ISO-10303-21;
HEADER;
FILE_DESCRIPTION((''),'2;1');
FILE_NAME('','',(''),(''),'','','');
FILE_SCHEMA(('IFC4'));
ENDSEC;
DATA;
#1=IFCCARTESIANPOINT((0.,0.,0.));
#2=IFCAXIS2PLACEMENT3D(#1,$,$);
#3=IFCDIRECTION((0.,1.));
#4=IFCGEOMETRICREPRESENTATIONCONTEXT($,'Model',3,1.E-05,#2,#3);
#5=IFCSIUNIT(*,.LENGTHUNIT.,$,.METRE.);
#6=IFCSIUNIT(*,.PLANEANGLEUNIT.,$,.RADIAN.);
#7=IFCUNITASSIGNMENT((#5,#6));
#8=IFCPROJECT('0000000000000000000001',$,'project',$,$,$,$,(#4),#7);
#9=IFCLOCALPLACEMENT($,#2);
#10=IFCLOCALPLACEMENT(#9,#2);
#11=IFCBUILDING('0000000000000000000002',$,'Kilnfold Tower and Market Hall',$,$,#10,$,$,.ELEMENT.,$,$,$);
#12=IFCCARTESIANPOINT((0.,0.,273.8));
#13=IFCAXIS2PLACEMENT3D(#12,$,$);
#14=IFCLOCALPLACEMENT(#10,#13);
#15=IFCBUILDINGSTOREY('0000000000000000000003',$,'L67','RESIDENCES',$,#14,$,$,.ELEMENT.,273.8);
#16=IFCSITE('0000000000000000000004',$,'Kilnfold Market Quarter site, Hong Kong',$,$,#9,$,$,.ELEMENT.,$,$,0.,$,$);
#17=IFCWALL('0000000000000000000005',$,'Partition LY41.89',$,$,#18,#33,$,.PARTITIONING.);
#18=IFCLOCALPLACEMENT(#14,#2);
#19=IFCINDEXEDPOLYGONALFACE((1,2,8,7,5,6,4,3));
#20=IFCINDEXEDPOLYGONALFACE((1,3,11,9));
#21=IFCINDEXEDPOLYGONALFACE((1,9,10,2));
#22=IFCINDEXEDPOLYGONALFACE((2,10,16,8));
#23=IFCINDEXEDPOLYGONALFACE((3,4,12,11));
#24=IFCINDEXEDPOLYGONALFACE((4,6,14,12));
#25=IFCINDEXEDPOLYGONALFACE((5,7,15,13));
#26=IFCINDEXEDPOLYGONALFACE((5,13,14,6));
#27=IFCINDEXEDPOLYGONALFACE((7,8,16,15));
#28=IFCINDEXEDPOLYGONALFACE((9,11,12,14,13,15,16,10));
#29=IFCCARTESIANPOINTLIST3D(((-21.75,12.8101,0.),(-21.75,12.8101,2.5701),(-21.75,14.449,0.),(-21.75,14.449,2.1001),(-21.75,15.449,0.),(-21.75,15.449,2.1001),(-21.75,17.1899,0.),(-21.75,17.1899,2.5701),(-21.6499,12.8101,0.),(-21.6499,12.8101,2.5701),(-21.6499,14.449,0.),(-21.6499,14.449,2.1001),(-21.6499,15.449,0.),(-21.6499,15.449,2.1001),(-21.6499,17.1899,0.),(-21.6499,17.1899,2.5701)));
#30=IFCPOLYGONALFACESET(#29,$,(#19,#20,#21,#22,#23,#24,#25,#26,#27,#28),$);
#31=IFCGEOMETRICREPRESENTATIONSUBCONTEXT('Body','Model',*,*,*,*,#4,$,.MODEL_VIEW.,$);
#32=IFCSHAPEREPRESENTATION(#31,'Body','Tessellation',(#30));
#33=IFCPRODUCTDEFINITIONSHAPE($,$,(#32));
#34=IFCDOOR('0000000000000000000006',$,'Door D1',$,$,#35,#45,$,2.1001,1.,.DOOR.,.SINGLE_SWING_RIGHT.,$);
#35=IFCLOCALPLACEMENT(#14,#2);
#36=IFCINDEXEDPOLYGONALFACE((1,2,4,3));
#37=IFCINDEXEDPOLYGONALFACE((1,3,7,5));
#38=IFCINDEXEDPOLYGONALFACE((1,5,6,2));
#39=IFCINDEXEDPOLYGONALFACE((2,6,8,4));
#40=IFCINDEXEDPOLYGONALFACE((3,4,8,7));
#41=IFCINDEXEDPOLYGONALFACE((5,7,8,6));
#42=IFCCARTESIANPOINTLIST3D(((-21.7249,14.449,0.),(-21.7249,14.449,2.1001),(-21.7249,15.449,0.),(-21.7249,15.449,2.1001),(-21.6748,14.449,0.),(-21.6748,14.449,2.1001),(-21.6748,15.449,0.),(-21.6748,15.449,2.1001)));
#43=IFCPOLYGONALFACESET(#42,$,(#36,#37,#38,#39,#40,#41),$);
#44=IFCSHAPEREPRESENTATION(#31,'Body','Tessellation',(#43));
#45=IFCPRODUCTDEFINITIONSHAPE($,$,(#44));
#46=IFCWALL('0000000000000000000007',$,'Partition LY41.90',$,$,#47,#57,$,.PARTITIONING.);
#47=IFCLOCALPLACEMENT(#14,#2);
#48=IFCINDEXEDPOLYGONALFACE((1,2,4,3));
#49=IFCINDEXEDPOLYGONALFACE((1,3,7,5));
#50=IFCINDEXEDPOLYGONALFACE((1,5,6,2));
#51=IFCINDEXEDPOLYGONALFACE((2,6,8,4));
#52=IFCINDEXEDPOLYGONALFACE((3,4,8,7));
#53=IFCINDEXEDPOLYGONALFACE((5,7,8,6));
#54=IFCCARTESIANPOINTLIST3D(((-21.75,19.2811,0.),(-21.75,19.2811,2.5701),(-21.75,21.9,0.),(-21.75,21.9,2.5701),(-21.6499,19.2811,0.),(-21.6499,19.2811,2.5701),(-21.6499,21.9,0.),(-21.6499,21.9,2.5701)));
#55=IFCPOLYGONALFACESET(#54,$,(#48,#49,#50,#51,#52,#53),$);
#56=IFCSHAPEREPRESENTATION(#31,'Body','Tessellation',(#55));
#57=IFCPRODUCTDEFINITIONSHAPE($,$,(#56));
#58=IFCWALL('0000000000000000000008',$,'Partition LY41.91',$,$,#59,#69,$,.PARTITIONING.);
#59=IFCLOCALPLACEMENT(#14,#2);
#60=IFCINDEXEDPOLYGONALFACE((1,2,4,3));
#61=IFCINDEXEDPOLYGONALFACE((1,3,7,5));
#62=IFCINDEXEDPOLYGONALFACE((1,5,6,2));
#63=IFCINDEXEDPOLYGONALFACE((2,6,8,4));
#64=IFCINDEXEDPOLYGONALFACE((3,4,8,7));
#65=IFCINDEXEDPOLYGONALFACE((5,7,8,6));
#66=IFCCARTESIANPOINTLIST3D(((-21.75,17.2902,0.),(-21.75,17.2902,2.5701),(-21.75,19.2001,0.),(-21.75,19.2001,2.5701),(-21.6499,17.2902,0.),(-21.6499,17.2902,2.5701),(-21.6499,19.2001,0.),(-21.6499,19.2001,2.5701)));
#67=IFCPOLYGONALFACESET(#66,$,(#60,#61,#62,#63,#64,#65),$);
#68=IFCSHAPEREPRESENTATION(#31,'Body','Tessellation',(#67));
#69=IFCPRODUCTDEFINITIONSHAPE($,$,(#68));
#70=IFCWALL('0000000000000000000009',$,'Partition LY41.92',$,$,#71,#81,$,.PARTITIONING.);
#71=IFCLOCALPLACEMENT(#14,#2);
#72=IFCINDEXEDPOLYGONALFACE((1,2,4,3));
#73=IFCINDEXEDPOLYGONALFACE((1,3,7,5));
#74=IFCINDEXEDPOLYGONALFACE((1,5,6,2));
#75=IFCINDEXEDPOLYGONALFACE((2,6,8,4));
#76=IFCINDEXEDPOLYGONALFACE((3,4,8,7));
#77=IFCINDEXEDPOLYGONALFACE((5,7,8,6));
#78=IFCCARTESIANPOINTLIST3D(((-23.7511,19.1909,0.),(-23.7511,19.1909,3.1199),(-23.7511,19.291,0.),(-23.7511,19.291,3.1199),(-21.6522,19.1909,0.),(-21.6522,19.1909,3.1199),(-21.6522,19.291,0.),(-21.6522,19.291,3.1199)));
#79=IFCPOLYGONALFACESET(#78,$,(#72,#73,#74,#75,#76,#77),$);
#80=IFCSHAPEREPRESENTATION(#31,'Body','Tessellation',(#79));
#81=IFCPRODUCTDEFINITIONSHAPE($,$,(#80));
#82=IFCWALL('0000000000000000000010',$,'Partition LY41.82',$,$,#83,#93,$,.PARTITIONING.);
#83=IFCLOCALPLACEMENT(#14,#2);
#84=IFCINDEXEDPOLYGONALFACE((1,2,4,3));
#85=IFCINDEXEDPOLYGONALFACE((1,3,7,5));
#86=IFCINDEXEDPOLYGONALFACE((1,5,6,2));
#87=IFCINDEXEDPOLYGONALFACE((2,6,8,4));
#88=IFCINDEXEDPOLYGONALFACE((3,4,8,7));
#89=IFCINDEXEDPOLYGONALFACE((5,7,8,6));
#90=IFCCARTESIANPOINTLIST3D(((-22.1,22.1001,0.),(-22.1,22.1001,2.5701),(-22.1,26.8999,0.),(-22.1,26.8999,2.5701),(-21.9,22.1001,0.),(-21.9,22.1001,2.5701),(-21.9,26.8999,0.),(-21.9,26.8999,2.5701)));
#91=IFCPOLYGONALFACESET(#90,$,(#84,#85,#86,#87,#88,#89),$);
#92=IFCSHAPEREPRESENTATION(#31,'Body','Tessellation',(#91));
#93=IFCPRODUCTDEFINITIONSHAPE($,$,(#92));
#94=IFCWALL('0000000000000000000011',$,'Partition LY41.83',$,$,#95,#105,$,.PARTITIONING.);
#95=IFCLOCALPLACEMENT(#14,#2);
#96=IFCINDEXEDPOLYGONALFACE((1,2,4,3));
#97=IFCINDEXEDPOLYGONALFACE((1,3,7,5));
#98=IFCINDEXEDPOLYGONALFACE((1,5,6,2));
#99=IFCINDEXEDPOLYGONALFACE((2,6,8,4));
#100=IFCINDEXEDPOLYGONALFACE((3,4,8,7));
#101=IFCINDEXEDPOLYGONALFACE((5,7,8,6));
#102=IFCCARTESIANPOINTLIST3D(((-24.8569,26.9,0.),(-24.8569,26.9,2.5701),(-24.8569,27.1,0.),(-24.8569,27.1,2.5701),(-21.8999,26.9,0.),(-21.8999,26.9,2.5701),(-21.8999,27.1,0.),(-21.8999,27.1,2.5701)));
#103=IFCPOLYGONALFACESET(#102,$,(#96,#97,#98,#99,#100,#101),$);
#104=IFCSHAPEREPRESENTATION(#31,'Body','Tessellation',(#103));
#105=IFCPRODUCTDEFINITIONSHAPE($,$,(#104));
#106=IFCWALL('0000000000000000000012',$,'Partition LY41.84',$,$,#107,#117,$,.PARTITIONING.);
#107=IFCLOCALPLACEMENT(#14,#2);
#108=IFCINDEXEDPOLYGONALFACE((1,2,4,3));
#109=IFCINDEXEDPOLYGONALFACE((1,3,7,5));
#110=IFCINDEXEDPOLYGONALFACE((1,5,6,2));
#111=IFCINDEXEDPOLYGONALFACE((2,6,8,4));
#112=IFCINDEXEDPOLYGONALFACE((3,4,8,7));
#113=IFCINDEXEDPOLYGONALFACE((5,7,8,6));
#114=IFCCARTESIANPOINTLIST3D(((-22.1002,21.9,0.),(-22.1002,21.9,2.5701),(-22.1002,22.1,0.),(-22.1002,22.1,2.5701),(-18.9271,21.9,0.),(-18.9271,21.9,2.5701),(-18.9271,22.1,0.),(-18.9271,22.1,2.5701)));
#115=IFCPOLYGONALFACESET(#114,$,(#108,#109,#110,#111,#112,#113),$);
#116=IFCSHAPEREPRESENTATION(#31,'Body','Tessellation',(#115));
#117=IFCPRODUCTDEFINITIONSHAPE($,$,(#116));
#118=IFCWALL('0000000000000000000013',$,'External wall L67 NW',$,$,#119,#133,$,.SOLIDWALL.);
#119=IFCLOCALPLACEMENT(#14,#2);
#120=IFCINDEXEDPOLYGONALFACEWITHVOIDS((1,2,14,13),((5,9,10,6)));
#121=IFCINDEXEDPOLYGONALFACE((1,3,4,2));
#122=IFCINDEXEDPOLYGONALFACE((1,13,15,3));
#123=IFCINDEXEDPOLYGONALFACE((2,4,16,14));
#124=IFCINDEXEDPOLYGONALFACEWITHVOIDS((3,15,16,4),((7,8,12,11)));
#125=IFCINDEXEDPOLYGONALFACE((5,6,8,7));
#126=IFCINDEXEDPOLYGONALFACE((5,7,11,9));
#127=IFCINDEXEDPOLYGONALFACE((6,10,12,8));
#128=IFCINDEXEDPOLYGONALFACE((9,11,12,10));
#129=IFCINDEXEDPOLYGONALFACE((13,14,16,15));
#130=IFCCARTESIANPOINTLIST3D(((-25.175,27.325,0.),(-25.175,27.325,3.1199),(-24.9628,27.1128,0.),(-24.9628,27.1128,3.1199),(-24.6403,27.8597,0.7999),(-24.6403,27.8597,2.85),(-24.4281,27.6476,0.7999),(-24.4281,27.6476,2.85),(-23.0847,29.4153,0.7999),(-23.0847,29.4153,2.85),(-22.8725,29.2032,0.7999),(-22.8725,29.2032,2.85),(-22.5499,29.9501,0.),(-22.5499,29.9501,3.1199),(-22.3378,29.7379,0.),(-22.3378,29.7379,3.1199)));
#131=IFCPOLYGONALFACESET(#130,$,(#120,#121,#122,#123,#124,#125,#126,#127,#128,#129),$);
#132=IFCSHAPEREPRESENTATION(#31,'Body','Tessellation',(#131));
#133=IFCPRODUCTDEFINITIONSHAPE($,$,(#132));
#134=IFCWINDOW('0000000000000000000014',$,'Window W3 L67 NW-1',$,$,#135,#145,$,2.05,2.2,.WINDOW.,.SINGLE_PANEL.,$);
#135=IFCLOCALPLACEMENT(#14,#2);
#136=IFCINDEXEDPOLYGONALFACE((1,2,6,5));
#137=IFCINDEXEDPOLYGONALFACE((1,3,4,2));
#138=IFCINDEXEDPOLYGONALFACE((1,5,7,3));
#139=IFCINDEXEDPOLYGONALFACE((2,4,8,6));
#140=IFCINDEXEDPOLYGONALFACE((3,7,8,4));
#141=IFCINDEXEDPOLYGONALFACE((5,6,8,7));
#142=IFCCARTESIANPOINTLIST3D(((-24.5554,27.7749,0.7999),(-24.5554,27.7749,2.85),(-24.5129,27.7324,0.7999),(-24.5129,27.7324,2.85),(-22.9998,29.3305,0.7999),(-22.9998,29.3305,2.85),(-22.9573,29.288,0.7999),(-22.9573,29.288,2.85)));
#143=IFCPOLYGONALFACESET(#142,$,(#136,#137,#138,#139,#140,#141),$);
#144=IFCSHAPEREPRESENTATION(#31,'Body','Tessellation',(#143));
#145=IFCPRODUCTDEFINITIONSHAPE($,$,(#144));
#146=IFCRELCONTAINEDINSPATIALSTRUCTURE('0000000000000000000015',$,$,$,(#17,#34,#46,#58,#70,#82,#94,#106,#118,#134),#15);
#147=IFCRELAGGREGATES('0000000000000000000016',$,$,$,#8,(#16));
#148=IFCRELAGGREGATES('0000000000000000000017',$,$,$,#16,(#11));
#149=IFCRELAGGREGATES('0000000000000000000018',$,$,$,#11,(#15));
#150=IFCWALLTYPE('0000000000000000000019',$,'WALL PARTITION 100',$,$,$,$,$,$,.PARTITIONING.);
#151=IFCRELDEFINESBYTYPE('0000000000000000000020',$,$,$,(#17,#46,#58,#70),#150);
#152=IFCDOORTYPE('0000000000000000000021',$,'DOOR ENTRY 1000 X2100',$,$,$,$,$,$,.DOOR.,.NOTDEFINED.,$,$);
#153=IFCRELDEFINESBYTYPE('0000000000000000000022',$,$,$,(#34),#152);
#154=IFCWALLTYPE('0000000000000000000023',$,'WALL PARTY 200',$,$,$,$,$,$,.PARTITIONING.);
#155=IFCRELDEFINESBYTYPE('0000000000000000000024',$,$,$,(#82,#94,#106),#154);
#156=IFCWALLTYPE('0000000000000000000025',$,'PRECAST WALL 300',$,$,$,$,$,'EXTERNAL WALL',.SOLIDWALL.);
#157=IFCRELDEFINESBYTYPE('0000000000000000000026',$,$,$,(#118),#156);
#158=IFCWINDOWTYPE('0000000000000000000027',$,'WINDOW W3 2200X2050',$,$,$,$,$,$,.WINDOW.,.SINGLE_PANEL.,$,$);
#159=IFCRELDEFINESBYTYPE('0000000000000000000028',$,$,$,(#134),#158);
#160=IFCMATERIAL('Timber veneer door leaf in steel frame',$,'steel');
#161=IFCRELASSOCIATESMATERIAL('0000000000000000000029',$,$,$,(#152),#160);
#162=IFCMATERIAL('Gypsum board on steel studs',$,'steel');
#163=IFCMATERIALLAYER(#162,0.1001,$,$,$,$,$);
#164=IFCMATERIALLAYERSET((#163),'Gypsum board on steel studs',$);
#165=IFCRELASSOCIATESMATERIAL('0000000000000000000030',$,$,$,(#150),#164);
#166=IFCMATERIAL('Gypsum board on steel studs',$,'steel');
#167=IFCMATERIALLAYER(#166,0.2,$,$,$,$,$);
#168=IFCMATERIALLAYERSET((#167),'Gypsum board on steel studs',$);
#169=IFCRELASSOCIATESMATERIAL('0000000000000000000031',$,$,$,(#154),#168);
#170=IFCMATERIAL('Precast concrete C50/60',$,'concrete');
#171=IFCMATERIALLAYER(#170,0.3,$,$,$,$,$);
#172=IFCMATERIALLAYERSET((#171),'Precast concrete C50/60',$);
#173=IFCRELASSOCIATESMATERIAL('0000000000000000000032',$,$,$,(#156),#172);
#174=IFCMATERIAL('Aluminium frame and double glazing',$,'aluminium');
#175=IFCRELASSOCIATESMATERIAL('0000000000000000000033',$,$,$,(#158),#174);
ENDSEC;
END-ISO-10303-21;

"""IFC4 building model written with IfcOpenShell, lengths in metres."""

from ifc_helpers import new_model, si_unit, direction, frame, frame_2d, origin, place, context, subcontext, project, spatial, rectangle, extrude, source, transform, mapped, material, layer, layer_set, type_object, element, fill, save


model = new_model("IFC4")

# Units and contexts
model_context = context("Model", 3, precision=1e-05, world=origin(), true_north=direction((0.0, 1.0)))
body_context = subcontext(model_context, "Body", "Model", "MODEL_VIEW")
ifc_project = project(units=[si_unit("LENGTHUNIT", "METRE"), si_unit("PLANEANGLEUNIT", "RADIAN")], contexts=[model_context])

# Site, building, storey
site_placement = place(None, origin())
site = spatial("IfcSite", under=ifc_project, at=site_placement, Name="Kilnfold Market Quarter site, Hong Kong", CompositionType="ELEMENT", RefElevation=0.0)
building_placement = place(site_placement, origin())
building = spatial("IfcBuilding", under=site, at=building_placement, Name="Kilnfold Tower and Market Hall", CompositionType="ELEMENT")
storey_placement = place(building_placement, frame((0.0, 0.0, 273.8)))
storey = spatial("IfcBuildingStorey", under=building, at=storey_placement, Name="L67", Description="RESIDENCES", CompositionType="ELEMENT", Elevation=273.8)

# Wall, opening, door
ifc_material_1 = material(Name="Timber veneer door leaf in steel frame", Category="steel")
door_type_1 = type_object("IfcDoorType", Name="DOOR ENTRY 1000 X2100", OperationType="NOTDEFINED", PredefinedType="DOOR", material=ifc_material_1)
ifc_material_2 = material(Name="Gypsum board on steel studs", Category="steel")
ifc_layer_1 = layer(ifc_material_2, 0.1001)
ifc_layer_set_1 = layer_set([ifc_layer_1], Name="Gypsum board on steel studs")
wall_type_1 = type_object("IfcWallType", Name="WALL PARTITION 100", PredefinedType="PARTITIONING", material=ifc_layer_set_1)
wall_1_placement = place(storey_placement, frame((-21.7, 12.8101, 0.0), z_axis=(0.0, 0.0, 1.0), x_axis=(0.0, 1.0, 0.0)))
wall_1 = element("IfcWall", 1, at=wall_1_placement, inside=storey, type_object=wall_type_1, Name="Partition LY41.89", PredefinedType="PARTITIONING", context=body_context, shape_type="SweptSolid", body=[
    extrude(rectangle(XDim=4.3799, YDim=0.1001, at=frame_2d((2.1899, 0.0))), origin(), (0.0, 0.0, 1.0), 2.5701),
])
opening_1_placement = place(wall_1_placement, frame((1.6389, 0.0, 0.0)))
opening_1 = element("IfcOpeningElement", 2, at=opening_1_placement, cuts=wall_1, PredefinedType="OPENING", context=body_context, shape_type="SweptSolid", body=[
    extrude(rectangle(XDim=1.0, YDim=2.1001, at=frame_2d((0.5, 1.05))), frame((0.0, 0.0601, 0.0), z_axis=(0.0, -1.0, 0.0), x_axis=(1.0, 0.0, 0.0)), (0.0, 0.0, 1.0), 0.1201),
])
door_1_placement = place(opening_1_placement, origin())
door_1 = element("IfcDoor", 3, at=door_1_placement, inside=storey, type_object=door_type_1, Name="Door D1", OperationType="SINGLE_SWING_RIGHT", OverallHeight=2.1001, OverallWidth=1.0, PredefinedType="DOOR", context=body_context, shape_type="SweptSolid", body=[
    extrude(rectangle(XDim=1.0, YDim=2.1001, at=frame_2d((0.5, 1.05))), frame((0.0, 0.0249, 0.0), z_axis=(0.0, -1.0, 0.0), x_axis=(1.0, 0.0, 0.0)), (0.0, 0.0, 1.0), 0.05),
])
fill(opening_1, door_1)

# Walls
wall_2_placement = place(storey_placement, frame((-21.7, 19.281, 0.0), z_axis=(0.0, 0.0, 1.0), x_axis=(0.0, 1.0, 0.0)))
element("IfcWall", 4, at=wall_2_placement, inside=storey, type_object=wall_type_1, Name="Partition LY41.90", PredefinedType="PARTITIONING", context=body_context, shape_type="SweptSolid", body=[
    extrude(rectangle(XDim=2.6189, YDim=0.1001, at=frame_2d((1.3096, 0.0))), origin(), (0.0, 0.0, 1.0), 2.5701),
])
wall_3_placement = place(storey_placement, frame((-21.7, 17.29, 0.0), z_axis=(0.0, 0.0, 1.0), x_axis=(0.0, 1.0, 0.0)))
element("IfcWall", 5, at=wall_3_placement, inside=storey, type_object=wall_type_1, Name="Partition LY41.91", PredefinedType="PARTITIONING", context=body_context, shape_type="SweptSolid", body=[
    extrude(rectangle(XDim=1.9099, YDim=0.1001, at=frame_2d((0.9551, 0.0))), origin(), (0.0, 0.0, 1.0), 2.5701),
])
wall_4_placement = place(storey_placement, frame((-23.751, 19.241, 0.0), z_axis=(0.0, 0.0, 1.0), x_axis=(1.0, 0.0, 0.0)))
element("IfcWall", 6, at=wall_4_placement, inside=storey, type_object=wall_type_1, Name="Partition LY41.92", PredefinedType="PARTITIONING", context=body_context, shape_type="SweptSolid", body=[
    extrude(rectangle(XDim=2.0989, YDim=0.1001, at=frame_2d((1.0493, 0.0))), origin(), (0.0, 0.0, 1.0), 3.1199),
])
ifc_material_3 = material(Name="Gypsum board on steel studs", Category="steel")
ifc_layer_2 = layer(ifc_material_3, 0.2)
ifc_layer_set_2 = layer_set([ifc_layer_2], Name="Gypsum board on steel studs")
wall_type_2 = type_object("IfcWallType", Name="WALL PARTY 200", PredefinedType="PARTITIONING", material=ifc_layer_set_2)
wall_5_placement = place(storey_placement, frame((-22.0, 22.1001, 0.0), z_axis=(0.0, 0.0, 1.0), x_axis=(0.0, 1.0, 0.0)))
element("IfcWall", 7, at=wall_5_placement, inside=storey, type_object=wall_type_2, Name="Partition LY41.82", PredefinedType="PARTITIONING", context=body_context, shape_type="SweptSolid", body=[
    extrude(rectangle(XDim=4.7998, YDim=0.2, at=frame_2d((2.3999, 0.0))), origin(), (0.0, 0.0, 1.0), 2.5701),
])
wall_6_placement = place(storey_placement, frame((-24.8569, 27.0, 0.0), z_axis=(0.0, 0.0, 1.0), x_axis=(1.0, 0.0, 0.0)))
element("IfcWall", 8, at=wall_6_placement, inside=storey, type_object=wall_type_2, Name="Partition LY41.83", PredefinedType="PARTITIONING", context=body_context, shape_type="SweptSolid", body=[
    extrude(rectangle(XDim=2.957, YDim=0.2, at=frame_2d((1.4785, 0.0))), origin(), (0.0, 0.0, 1.0), 2.5701),
])
wall_7_placement = place(storey_placement, frame((-22.1001, 22.0, 0.0), z_axis=(0.0, 0.0, 1.0), x_axis=(1.0, 0.0, 0.0)))
element("IfcWall", 9, at=wall_7_placement, inside=storey, type_object=wall_type_2, Name="Partition LY41.84", PredefinedType="PARTITIONING", context=body_context, shape_type="SweptSolid", body=[
    extrude(rectangle(XDim=3.1731, YDim=0.2, at=frame_2d((1.5864, 0.0))), origin(), (0.0, 0.0, 1.0), 2.5701),
])

# Wall, opening, window
ifc_material_4 = material(Name="Precast concrete C50/60", Category="concrete")
ifc_layer_3 = layer(ifc_material_4, 0.3)
ifc_layer_set_3 = layer_set([ifc_layer_3], Name="Precast concrete C50/60")
wall_type_3 = type_object("IfcWallType", Name="PRECAST WALL 300", ElementType="EXTERNAL WALL", PredefinedType="SOLIDWALL", material=ifc_layer_set_3)
shared_shape_1 = source(origin(), body_context, "Body", "SweptSolid", [
    extrude(rectangle(XDim=3.7124, YDim=0.3, at=frame_2d((1.8562, 0.0))), origin(), (0.0, 0.0, 1.0), 3.1199),
])
wall_8_placement = place(storey_placement, frame((-22.4438, 29.844, 0.0), z_axis=(0.0, 0.0, 1.0), x_axis=(-0.707107, -0.707107, 0.0)))
wall_8 = element("IfcWall", 10, at=wall_8_placement, inside=storey, type_object=wall_type_3, Name="External wall L67 NW", PredefinedType="SOLIDWALL", context=body_context, shape_type="MappedRepresentation", body=[
    mapped(shared_shape_1, transform((0.0, 0.0, 0.0))),
])
opening_2_placement = place(wall_8_placement, frame((0.7561, 0.0, 0.8)))
opening_2 = element("IfcOpeningElement", 11, at=opening_2_placement, cuts=wall_8, PredefinedType="OPENING", context=body_context, shape_type="SweptSolid", body=[
    extrude(rectangle(XDim=2.2, YDim=2.05, at=frame_2d((1.1001, 1.0249))), frame((0.0, 0.1602, 0.0), z_axis=(0.0, -1.0, 0.0), x_axis=(1.0, 0.0, 0.0)), (0.0, 0.0, 1.0), 0.3201),
])
ifc_material_5 = material(Name="Aluminium frame and double glazing", Category="aluminium")
window_type = type_object("IfcWindowType", Name="WINDOW W3 2200X2050", PartitioningType="SINGLE_PANEL", PredefinedType="WINDOW", material=ifc_material_5)
window_1_placement = place(opening_2_placement, origin())
window_1 = element("IfcWindow", 12, at=window_1_placement, inside=storey, type_object=window_type, Name="Window W3 L67 NW-1", OverallHeight=2.05, OverallWidth=2.2, PartitioningType="SINGLE_PANEL", PredefinedType="WINDOW", context=body_context, shape_type="SweptSolid", body=[
    extrude(rectangle(XDim=2.2, YDim=2.05, at=frame_2d((1.1001, 1.0249))), frame((0.0, 0.03, 0.0), z_axis=(0.0, -1.0, 0.0), x_axis=(1.0, 0.0, 0.0)), (0.0, 0.0, 1.0), 0.0601),
])
fill(opening_2, window_1)

save(model, "model.ifc")
